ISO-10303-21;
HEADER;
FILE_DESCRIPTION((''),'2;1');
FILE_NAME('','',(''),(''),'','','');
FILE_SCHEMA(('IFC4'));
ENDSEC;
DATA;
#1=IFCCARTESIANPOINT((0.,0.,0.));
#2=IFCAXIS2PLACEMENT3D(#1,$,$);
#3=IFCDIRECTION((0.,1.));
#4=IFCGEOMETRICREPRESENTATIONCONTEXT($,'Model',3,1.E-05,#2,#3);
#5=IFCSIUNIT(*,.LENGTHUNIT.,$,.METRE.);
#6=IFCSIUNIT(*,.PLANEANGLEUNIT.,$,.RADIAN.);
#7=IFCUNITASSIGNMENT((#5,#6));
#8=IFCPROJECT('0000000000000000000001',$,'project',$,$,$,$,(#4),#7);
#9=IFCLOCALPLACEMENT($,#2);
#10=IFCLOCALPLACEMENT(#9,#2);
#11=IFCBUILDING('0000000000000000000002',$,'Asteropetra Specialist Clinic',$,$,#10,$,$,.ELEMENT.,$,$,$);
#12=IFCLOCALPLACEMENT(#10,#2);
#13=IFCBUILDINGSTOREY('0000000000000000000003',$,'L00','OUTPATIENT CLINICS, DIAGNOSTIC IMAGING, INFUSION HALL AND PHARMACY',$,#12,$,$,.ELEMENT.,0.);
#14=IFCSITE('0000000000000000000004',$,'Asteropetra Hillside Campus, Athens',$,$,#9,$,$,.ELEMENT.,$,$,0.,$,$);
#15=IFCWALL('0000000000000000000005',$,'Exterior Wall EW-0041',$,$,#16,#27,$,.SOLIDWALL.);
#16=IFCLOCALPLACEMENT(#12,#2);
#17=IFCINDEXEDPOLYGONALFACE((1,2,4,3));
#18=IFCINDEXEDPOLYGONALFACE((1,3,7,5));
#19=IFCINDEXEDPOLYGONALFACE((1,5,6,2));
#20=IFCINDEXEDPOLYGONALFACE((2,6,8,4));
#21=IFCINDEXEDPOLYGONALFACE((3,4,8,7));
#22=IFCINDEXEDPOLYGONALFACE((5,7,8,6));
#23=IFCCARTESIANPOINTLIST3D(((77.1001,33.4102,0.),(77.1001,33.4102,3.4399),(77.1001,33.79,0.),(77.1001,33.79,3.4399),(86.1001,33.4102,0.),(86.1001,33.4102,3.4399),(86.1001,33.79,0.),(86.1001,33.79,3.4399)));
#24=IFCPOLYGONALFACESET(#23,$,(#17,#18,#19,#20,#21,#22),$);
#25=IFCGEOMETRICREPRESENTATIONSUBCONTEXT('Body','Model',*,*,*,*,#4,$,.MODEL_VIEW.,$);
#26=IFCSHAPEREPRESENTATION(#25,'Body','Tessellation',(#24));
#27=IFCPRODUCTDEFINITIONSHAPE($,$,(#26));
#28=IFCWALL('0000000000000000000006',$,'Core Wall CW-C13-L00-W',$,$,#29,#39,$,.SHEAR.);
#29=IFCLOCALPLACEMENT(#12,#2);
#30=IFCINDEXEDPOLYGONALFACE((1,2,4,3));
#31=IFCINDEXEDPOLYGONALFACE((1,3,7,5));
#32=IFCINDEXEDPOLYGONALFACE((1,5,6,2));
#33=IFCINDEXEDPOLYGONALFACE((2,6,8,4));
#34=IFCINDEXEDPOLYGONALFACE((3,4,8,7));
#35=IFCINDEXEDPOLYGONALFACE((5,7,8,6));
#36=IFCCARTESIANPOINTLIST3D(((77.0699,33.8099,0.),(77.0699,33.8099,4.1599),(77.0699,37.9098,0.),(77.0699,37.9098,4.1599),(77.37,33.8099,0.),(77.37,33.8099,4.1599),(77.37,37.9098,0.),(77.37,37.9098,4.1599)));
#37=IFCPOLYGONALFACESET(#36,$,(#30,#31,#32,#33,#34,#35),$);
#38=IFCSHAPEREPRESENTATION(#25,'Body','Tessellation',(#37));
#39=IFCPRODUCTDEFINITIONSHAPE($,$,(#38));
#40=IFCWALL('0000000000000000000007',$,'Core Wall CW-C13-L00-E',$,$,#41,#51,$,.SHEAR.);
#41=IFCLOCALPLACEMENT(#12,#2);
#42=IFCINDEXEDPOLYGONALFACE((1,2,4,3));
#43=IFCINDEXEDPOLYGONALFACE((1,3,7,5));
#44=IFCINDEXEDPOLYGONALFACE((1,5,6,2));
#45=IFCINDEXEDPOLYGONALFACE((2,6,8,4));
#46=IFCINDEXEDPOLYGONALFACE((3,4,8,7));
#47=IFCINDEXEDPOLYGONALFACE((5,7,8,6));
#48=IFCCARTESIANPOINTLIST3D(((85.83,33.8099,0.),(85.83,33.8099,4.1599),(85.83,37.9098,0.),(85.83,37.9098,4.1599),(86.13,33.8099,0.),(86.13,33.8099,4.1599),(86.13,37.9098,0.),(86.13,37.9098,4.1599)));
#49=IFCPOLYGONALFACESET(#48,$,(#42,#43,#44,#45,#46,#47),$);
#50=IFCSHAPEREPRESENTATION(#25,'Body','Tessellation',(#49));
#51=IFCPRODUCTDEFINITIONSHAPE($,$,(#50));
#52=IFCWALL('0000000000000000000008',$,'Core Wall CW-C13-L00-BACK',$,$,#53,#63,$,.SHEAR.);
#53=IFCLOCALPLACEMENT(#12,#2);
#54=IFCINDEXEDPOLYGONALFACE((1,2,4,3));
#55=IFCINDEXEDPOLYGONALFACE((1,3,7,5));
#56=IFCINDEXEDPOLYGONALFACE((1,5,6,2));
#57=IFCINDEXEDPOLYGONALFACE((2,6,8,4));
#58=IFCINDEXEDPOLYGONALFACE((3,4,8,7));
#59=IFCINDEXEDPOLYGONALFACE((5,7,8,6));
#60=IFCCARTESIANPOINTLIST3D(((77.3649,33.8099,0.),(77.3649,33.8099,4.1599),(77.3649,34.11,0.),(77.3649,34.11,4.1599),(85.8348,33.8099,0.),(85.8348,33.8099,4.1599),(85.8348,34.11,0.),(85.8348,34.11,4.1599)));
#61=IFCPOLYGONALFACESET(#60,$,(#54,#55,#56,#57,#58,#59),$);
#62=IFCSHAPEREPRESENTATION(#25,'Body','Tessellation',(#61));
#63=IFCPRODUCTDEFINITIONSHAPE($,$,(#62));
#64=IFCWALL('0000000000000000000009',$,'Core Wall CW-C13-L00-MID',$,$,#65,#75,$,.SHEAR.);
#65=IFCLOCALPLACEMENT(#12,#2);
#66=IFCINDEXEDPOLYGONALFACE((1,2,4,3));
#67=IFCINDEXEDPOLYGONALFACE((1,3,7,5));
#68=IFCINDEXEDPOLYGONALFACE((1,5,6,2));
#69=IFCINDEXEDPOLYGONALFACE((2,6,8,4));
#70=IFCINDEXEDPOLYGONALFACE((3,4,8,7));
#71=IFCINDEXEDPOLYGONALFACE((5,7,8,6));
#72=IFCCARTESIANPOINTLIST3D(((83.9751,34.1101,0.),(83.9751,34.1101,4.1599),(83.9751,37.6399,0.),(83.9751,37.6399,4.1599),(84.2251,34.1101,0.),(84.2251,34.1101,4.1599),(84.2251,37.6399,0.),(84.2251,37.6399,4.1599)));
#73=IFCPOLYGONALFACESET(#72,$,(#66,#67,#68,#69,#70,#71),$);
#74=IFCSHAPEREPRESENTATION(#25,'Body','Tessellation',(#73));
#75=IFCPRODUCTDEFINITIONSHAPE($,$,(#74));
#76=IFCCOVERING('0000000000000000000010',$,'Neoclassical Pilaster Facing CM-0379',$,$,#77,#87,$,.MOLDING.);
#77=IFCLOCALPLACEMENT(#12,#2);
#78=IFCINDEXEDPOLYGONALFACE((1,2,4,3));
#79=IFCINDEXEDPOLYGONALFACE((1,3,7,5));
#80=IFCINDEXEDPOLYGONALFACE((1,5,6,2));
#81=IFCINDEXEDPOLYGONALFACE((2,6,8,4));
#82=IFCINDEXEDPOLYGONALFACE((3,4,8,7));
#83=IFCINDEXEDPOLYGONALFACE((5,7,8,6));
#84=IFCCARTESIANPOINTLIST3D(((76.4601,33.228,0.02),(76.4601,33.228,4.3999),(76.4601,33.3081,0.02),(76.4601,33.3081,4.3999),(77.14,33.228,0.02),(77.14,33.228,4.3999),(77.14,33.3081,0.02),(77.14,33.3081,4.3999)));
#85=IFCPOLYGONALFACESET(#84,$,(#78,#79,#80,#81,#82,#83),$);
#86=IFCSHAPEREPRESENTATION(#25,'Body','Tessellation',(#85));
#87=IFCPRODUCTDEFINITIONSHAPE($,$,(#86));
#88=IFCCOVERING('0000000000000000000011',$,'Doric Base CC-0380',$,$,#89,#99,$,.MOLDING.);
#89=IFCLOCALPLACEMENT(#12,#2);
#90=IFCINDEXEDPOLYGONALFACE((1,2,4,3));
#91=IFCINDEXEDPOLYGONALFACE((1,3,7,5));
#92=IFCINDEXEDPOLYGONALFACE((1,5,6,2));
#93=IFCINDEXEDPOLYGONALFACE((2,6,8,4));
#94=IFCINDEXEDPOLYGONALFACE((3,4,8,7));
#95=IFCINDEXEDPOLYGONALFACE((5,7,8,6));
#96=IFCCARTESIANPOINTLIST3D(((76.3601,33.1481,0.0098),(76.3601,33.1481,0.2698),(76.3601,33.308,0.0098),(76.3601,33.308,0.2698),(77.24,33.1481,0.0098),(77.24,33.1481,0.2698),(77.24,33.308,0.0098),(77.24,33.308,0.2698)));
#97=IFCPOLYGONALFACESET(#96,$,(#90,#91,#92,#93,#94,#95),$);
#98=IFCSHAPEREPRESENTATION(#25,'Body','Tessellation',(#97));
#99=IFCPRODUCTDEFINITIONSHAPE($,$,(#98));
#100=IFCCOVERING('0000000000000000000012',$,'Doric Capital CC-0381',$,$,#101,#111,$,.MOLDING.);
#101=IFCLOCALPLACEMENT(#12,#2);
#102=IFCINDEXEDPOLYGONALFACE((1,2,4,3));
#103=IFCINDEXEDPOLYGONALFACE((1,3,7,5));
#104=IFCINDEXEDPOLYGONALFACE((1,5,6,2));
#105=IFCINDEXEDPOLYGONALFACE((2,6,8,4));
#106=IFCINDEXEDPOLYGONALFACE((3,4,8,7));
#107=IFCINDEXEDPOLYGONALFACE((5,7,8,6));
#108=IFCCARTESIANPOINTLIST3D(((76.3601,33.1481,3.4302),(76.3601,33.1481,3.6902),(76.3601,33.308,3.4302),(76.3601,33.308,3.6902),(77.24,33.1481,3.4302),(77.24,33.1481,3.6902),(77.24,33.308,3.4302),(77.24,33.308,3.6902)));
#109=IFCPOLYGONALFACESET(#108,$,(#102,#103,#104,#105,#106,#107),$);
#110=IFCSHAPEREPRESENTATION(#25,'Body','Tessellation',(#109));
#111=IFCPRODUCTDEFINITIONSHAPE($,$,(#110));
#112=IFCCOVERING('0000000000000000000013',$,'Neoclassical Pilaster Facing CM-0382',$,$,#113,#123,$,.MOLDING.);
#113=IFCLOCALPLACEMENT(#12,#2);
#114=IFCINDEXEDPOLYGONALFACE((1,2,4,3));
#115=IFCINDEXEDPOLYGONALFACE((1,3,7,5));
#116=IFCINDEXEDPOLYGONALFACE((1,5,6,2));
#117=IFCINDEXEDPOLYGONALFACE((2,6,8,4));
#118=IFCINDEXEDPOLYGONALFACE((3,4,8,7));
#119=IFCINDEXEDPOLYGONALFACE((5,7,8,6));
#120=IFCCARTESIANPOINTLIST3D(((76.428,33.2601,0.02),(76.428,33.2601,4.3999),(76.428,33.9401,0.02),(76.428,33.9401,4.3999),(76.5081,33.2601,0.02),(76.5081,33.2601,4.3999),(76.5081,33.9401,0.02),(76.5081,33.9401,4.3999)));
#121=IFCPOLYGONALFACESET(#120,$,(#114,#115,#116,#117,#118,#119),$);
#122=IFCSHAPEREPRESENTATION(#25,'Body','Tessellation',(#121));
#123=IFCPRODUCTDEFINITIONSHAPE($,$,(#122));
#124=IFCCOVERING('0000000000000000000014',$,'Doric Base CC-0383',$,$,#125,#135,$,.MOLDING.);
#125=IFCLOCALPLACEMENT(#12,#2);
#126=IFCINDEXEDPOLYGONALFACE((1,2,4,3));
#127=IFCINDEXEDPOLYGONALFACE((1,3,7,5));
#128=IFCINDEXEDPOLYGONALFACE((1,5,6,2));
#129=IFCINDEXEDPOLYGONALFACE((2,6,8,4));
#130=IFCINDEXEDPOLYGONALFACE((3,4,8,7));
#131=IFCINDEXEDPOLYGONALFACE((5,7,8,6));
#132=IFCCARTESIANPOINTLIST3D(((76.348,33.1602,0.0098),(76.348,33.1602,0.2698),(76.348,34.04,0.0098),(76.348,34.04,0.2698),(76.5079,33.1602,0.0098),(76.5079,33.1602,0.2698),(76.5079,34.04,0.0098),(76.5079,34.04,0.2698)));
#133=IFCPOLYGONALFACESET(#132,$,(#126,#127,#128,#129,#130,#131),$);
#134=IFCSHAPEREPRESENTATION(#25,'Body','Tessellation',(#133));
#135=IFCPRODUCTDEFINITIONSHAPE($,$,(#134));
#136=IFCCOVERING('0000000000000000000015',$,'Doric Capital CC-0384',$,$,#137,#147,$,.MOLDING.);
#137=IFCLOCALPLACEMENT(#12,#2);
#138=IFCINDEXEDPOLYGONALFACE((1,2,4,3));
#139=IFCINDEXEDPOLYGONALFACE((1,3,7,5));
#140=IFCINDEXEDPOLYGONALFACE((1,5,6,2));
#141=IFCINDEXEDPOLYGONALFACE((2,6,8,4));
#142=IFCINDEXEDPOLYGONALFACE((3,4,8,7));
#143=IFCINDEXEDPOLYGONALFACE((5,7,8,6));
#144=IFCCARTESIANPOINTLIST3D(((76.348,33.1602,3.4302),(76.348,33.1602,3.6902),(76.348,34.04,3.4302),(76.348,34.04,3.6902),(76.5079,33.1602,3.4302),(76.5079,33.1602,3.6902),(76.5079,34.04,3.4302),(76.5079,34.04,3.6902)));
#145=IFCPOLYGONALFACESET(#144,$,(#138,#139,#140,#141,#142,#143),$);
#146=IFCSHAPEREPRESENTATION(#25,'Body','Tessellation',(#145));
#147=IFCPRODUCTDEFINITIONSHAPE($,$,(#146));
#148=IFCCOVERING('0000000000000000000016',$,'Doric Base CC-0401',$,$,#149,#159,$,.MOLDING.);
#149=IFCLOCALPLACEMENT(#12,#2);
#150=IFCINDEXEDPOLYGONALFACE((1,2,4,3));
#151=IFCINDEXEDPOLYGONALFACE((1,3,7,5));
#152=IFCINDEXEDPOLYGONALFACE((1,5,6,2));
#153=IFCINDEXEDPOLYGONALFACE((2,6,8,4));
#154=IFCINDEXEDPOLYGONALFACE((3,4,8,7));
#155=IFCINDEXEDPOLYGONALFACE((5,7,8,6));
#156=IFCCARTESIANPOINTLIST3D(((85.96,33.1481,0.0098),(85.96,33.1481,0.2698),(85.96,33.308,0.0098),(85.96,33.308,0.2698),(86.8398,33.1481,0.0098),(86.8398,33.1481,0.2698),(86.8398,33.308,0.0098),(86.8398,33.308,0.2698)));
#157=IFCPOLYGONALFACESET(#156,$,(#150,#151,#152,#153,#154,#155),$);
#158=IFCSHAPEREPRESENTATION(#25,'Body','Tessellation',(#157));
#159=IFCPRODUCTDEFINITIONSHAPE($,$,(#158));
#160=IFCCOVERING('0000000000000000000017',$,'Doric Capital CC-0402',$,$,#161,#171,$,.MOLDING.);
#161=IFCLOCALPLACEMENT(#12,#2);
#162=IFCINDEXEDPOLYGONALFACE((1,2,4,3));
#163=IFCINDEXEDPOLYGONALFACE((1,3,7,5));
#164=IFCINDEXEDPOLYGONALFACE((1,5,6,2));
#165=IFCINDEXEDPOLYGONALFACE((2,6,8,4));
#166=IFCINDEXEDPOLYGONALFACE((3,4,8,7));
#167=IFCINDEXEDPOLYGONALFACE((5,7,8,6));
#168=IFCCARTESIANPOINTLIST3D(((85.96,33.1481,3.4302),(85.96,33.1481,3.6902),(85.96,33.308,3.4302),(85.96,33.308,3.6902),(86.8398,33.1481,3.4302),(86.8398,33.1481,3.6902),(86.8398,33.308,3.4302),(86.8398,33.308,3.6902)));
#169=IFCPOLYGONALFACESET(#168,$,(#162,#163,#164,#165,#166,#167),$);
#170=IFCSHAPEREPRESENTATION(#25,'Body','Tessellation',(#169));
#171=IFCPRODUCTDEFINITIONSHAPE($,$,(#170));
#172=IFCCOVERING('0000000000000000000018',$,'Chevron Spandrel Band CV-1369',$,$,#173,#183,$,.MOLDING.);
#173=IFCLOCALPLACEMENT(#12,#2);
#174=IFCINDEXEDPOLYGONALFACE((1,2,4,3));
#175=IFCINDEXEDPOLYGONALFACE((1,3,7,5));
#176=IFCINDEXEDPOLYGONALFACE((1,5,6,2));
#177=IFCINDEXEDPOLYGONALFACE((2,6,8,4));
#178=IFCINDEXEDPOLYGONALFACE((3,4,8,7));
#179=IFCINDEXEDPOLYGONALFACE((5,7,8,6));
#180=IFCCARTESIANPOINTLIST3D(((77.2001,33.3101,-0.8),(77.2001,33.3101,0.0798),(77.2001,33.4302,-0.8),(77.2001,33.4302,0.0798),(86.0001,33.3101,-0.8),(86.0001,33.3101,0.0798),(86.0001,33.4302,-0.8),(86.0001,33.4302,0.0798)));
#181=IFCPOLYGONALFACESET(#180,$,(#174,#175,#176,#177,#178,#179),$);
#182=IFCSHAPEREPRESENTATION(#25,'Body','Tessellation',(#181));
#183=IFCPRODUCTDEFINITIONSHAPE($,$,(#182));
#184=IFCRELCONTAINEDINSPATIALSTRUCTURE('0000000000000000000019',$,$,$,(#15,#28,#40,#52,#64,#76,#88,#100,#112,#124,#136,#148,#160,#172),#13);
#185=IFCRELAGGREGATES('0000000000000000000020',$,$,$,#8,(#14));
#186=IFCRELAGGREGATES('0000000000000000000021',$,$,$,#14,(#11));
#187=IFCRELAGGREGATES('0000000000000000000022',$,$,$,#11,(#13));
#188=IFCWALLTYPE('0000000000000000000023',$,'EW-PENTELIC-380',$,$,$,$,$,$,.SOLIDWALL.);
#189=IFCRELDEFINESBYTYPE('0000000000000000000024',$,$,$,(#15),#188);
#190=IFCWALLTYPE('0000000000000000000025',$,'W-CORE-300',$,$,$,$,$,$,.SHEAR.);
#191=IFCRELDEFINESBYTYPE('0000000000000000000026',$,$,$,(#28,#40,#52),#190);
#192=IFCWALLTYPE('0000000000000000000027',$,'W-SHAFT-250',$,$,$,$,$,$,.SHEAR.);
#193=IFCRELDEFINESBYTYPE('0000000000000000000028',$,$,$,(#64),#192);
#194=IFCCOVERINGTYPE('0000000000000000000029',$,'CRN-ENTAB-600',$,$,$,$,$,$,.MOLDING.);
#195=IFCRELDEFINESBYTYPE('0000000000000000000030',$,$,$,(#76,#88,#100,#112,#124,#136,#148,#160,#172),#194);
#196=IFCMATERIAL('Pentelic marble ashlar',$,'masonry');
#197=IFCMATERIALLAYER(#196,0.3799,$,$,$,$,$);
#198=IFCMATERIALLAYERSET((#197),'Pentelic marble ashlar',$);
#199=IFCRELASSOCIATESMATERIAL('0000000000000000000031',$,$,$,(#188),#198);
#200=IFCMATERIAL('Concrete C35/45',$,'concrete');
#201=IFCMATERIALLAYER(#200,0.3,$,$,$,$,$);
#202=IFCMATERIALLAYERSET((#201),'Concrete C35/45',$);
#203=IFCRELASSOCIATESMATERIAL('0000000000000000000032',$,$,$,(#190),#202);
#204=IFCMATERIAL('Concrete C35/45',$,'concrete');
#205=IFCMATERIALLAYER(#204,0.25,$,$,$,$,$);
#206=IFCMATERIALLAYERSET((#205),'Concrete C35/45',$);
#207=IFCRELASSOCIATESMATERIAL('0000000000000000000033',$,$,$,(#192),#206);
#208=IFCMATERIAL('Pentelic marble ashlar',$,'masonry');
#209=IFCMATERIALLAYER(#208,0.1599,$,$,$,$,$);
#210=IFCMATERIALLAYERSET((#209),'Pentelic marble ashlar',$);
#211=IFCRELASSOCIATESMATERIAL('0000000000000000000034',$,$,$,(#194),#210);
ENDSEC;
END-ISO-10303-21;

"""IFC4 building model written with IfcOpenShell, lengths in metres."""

from ifc_helpers import new_model, si_unit, direction, frame, frame_2d, origin, origin_2d, place, context, subcontext, project, spatial, rectangle, extrude, material, layer, layer_set, type_object, element, save


model = new_model("IFC4")

# Units and contexts
model_context = context("Model", 3, precision=1e-05, world=origin(), true_north=direction((0.0, 1.0)))
body_context = subcontext(model_context, "Body", "Model", "MODEL_VIEW")
ifc_project = project(units=[si_unit("LENGTHUNIT", "METRE"), si_unit("PLANEANGLEUNIT", "RADIAN")], contexts=[model_context])

# Site, building, storey
site_placement = place(None, origin())
site = spatial("IfcSite", under=ifc_project, at=site_placement, Name="Asteropetra Hillside Campus, Athens", CompositionType="ELEMENT", RefElevation=0.0)
building_placement = place(site_placement, origin())
building = spatial("IfcBuilding", under=site, at=building_placement, Name="Asteropetra Specialist Clinic", CompositionType="ELEMENT")
storey_placement = place(building_placement, origin())
storey = spatial("IfcBuildingStorey", under=building, at=storey_placement, Name="L00", Description="OUTPATIENT CLINICS, DIAGNOSTIC IMAGING, INFUSION HALL AND PHARMACY", CompositionType="ELEMENT", Elevation=0.0)

# Walls
ifc_material_1 = material(Name="Pentelic marble ashlar", Category="masonry")
ifc_layer_1 = layer(ifc_material_1, 0.3799)
ifc_layer_set_1 = layer_set([ifc_layer_1], Name="Pentelic marble ashlar")
wall_type_1 = type_object("IfcWallType", Name="EW-PENTELIC-380", PredefinedType="SOLIDWALL", material=ifc_layer_set_1)
wall_1_placement = place(storey_placement, frame((77.1001, 33.6001, 0.0), z_axis=(0.0, 0.0, 1.0), x_axis=(1.0, 0.0, 0.0)))
element("IfcWall", 1, at=wall_1_placement, inside=storey, type_object=wall_type_1, Name="Exterior Wall EW-0041", PredefinedType="SOLIDWALL", context=body_context, shape_type="SweptSolid", body=[
    extrude(rectangle(XDim=9.0, YDim=0.3799, at=frame_2d((4.5, 0.0))), origin(), (0.0, 0.0, 1.0), 3.4399),
])
ifc_material_2 = material(Name="Concrete C35/45", Category="concrete")
ifc_layer_2 = layer(ifc_material_2, 0.3)
ifc_layer_set_2 = layer_set([ifc_layer_2], Name="Concrete C35/45")
wall_type_2 = type_object("IfcWallType", Name="W-CORE-300", PredefinedType="SHEAR", material=ifc_layer_set_2)
for number, where, z_axis, x_axis, name in (
    (2, (77.22, 33.8101, 0.0), (0.0, 0.0, 1.0), (0.0, 1.0, 0.0), "Core Wall CW-C13-L00-W"),
    (3, (85.98, 33.8101, 0.0), (0.0, 0.0, 1.0), (0.0, 1.0, 0.0), "Core Wall CW-C13-L00-E"),
):
    element("IfcWall", number, at=place(storey_placement, frame(where, z_axis=z_axis, x_axis=x_axis)), inside=storey, type_object=wall_type_2, Name=name, PredefinedType="SHEAR", context=body_context, shape_type="SweptSolid", body=[
        extrude(rectangle(XDim=4.0999, YDim=0.3, at=frame_2d((2.0498, 0.0))), origin(), (0.0, 0.0, 1.0), 4.1599),
    ])
wall_2_placement = place(storey_placement, frame((77.365, 33.96, 0.0), z_axis=(0.0, 0.0, 1.0), x_axis=(1.0, 0.0, 0.0)))
element("IfcWall", 4, at=wall_2_placement, inside=storey, type_object=wall_type_2, Name="Core Wall CW-C13-L00-BACK", PredefinedType="SHEAR", context=body_context, shape_type="SweptSolid", body=[
    extrude(rectangle(XDim=8.47, YDim=0.3, at=frame_2d((4.2349, 0.0))), origin(), (0.0, 0.0, 1.0), 4.1599),
])
ifc_material_3 = material(Name="Concrete C35/45", Category="concrete")
ifc_layer_3 = layer(ifc_material_3, 0.25)
ifc_layer_set_3 = layer_set([ifc_layer_3], Name="Concrete C35/45")
wall_type_3 = type_object("IfcWallType", Name="W-SHAFT-250", PredefinedType="SHEAR", material=ifc_layer_set_3)
wall_3_placement = place(storey_placement, frame((84.1001, 34.1101, 0.0), z_axis=(0.0, 0.0, 1.0), x_axis=(0.0, 1.0, 0.0)))
element("IfcWall", 5, at=wall_3_placement, inside=storey, type_object=wall_type_3, Name="Core Wall CW-C13-L00-MID", PredefinedType="SHEAR", context=body_context, shape_type="SweptSolid", body=[
    extrude(rectangle(XDim=3.5298, YDim=0.25, at=frame_2d((1.7649, 0.0))), origin(), (0.0, 0.0, 1.0), 4.1599),
])

# Coverings
ifc_material_4 = material(Name="Pentelic marble ashlar", Category="masonry")
ifc_layer_4 = layer(ifc_material_4, 0.1599)
ifc_layer_set_4 = layer_set([ifc_layer_4], Name="Pentelic marble ashlar")
covering_type = type_object("IfcCoveringType", Name="CRN-ENTAB-600", PredefinedType="MOLDING", material=ifc_layer_set_4)
covering_1_placement = place(storey_placement, frame((76.8, 33.2681, 0.02), z_axis=(0.0, 0.0, 1.0), x_axis=(1.0, 0.0, 0.0)))
element("IfcCovering", 6, at=covering_1_placement, inside=storey, type_object=covering_type, Name="Neoclassical Pilaster Facing CM-0379", PredefinedType="MOLDING", context=body_context, shape_type="SweptSolid", body=[
    extrude(rectangle(XDim=0.6799, YDim=0.0801, at=origin_2d()), origin(), (0.0, 0.0, 1.0), 4.3799),
])
for number, where, z_axis, x_axis, name in (
    (7, (76.8, 33.228, 0.0098), (0.0, 0.0, 1.0), (1.0, 0.0, 0.0), "Doric Base CC-0380"),
    (8, (76.8, 33.228, 3.4302), (0.0, 0.0, 1.0), (1.0, 0.0, 0.0), "Doric Capital CC-0381"),
):
    element("IfcCovering", number, at=place(storey_placement, frame(where, z_axis=z_axis, x_axis=x_axis)), inside=storey, type_object=covering_type, Name=name, PredefinedType="MOLDING", context=body_context, shape_type="SweptSolid", body=[
        extrude(rectangle(XDim=0.8799, YDim=0.1599, at=origin_2d()), origin(), (0.0, 0.0, 1.0), 0.26),
    ])
covering_2_placement = place(storey_placement, frame((76.468, 33.6001, 0.02), z_axis=(0.0, 0.0, 1.0), x_axis=(1.0, 0.0, 0.0)))
element("IfcCovering", 9, at=covering_2_placement, inside=storey, type_object=covering_type, Name="Neoclassical Pilaster Facing CM-0382", PredefinedType="MOLDING", context=body_context, shape_type="SweptSolid", body=[
    extrude(rectangle(XDim=0.0801, YDim=0.6799, at=origin_2d()), origin(), (0.0, 0.0, 1.0), 4.3799),
])
for number, where, z_axis, x_axis, name in (
    (10, (76.428, 33.6001, 0.0098), (0.0, 0.0, 1.0), (1.0, 0.0, 0.0), "Doric Base CC-0383"),
    (11, (76.428, 33.6001, 3.4302), (0.0, 0.0, 1.0), (1.0, 0.0, 0.0), "Doric Capital CC-0384"),
):
    element("IfcCovering", number, at=place(storey_placement, frame(where, z_axis=z_axis, x_axis=x_axis)), inside=storey, type_object=covering_type, Name=name, PredefinedType="MOLDING", context=body_context, shape_type="SweptSolid", body=[
        extrude(rectangle(XDim=0.1599, YDim=0.8799, at=origin_2d()), origin(), (0.0, 0.0, 1.0), 0.26),
    ])
for number, where, z_axis, x_axis, name in (
    (12, (86.3999, 33.228, 0.0098), (0.0, 0.0, 1.0), (1.0, 0.0, 0.0), "Doric Base CC-0401"),
    (13, (86.3999, 33.228, 3.4302), (0.0, 0.0, 1.0), (1.0, 0.0, 0.0), "Doric Capital CC-0402"),
):
    element("IfcCovering", number, at=place(storey_placement, frame(where, z_axis=z_axis, x_axis=x_axis)), inside=storey, type_object=covering_type, Name=name, PredefinedType="MOLDING", context=body_context, shape_type="SweptSolid", body=[
        extrude(rectangle(XDim=0.8799, YDim=0.1599, at=origin_2d()), origin(), (0.0, 0.0, 1.0), 0.26),
    ])
covering_3_placement = place(storey_placement, frame((81.6001, 33.3701, -0.8), z_axis=(0.0, 0.0, 1.0), x_axis=(1.0, 0.0, 0.0)))
element("IfcCovering", 14, at=covering_3_placement, inside=storey, type_object=covering_type, Name="Chevron Spandrel Band CV-1369", PredefinedType="MOLDING", context=body_context, shape_type="SweptSolid", body=[
    extrude(rectangle(XDim=8.8, YDim=0.1201, at=origin_2d()), origin(), (0.0, 0.0, 1.0), 0.8799),
])

save(model, "model.ifc")
